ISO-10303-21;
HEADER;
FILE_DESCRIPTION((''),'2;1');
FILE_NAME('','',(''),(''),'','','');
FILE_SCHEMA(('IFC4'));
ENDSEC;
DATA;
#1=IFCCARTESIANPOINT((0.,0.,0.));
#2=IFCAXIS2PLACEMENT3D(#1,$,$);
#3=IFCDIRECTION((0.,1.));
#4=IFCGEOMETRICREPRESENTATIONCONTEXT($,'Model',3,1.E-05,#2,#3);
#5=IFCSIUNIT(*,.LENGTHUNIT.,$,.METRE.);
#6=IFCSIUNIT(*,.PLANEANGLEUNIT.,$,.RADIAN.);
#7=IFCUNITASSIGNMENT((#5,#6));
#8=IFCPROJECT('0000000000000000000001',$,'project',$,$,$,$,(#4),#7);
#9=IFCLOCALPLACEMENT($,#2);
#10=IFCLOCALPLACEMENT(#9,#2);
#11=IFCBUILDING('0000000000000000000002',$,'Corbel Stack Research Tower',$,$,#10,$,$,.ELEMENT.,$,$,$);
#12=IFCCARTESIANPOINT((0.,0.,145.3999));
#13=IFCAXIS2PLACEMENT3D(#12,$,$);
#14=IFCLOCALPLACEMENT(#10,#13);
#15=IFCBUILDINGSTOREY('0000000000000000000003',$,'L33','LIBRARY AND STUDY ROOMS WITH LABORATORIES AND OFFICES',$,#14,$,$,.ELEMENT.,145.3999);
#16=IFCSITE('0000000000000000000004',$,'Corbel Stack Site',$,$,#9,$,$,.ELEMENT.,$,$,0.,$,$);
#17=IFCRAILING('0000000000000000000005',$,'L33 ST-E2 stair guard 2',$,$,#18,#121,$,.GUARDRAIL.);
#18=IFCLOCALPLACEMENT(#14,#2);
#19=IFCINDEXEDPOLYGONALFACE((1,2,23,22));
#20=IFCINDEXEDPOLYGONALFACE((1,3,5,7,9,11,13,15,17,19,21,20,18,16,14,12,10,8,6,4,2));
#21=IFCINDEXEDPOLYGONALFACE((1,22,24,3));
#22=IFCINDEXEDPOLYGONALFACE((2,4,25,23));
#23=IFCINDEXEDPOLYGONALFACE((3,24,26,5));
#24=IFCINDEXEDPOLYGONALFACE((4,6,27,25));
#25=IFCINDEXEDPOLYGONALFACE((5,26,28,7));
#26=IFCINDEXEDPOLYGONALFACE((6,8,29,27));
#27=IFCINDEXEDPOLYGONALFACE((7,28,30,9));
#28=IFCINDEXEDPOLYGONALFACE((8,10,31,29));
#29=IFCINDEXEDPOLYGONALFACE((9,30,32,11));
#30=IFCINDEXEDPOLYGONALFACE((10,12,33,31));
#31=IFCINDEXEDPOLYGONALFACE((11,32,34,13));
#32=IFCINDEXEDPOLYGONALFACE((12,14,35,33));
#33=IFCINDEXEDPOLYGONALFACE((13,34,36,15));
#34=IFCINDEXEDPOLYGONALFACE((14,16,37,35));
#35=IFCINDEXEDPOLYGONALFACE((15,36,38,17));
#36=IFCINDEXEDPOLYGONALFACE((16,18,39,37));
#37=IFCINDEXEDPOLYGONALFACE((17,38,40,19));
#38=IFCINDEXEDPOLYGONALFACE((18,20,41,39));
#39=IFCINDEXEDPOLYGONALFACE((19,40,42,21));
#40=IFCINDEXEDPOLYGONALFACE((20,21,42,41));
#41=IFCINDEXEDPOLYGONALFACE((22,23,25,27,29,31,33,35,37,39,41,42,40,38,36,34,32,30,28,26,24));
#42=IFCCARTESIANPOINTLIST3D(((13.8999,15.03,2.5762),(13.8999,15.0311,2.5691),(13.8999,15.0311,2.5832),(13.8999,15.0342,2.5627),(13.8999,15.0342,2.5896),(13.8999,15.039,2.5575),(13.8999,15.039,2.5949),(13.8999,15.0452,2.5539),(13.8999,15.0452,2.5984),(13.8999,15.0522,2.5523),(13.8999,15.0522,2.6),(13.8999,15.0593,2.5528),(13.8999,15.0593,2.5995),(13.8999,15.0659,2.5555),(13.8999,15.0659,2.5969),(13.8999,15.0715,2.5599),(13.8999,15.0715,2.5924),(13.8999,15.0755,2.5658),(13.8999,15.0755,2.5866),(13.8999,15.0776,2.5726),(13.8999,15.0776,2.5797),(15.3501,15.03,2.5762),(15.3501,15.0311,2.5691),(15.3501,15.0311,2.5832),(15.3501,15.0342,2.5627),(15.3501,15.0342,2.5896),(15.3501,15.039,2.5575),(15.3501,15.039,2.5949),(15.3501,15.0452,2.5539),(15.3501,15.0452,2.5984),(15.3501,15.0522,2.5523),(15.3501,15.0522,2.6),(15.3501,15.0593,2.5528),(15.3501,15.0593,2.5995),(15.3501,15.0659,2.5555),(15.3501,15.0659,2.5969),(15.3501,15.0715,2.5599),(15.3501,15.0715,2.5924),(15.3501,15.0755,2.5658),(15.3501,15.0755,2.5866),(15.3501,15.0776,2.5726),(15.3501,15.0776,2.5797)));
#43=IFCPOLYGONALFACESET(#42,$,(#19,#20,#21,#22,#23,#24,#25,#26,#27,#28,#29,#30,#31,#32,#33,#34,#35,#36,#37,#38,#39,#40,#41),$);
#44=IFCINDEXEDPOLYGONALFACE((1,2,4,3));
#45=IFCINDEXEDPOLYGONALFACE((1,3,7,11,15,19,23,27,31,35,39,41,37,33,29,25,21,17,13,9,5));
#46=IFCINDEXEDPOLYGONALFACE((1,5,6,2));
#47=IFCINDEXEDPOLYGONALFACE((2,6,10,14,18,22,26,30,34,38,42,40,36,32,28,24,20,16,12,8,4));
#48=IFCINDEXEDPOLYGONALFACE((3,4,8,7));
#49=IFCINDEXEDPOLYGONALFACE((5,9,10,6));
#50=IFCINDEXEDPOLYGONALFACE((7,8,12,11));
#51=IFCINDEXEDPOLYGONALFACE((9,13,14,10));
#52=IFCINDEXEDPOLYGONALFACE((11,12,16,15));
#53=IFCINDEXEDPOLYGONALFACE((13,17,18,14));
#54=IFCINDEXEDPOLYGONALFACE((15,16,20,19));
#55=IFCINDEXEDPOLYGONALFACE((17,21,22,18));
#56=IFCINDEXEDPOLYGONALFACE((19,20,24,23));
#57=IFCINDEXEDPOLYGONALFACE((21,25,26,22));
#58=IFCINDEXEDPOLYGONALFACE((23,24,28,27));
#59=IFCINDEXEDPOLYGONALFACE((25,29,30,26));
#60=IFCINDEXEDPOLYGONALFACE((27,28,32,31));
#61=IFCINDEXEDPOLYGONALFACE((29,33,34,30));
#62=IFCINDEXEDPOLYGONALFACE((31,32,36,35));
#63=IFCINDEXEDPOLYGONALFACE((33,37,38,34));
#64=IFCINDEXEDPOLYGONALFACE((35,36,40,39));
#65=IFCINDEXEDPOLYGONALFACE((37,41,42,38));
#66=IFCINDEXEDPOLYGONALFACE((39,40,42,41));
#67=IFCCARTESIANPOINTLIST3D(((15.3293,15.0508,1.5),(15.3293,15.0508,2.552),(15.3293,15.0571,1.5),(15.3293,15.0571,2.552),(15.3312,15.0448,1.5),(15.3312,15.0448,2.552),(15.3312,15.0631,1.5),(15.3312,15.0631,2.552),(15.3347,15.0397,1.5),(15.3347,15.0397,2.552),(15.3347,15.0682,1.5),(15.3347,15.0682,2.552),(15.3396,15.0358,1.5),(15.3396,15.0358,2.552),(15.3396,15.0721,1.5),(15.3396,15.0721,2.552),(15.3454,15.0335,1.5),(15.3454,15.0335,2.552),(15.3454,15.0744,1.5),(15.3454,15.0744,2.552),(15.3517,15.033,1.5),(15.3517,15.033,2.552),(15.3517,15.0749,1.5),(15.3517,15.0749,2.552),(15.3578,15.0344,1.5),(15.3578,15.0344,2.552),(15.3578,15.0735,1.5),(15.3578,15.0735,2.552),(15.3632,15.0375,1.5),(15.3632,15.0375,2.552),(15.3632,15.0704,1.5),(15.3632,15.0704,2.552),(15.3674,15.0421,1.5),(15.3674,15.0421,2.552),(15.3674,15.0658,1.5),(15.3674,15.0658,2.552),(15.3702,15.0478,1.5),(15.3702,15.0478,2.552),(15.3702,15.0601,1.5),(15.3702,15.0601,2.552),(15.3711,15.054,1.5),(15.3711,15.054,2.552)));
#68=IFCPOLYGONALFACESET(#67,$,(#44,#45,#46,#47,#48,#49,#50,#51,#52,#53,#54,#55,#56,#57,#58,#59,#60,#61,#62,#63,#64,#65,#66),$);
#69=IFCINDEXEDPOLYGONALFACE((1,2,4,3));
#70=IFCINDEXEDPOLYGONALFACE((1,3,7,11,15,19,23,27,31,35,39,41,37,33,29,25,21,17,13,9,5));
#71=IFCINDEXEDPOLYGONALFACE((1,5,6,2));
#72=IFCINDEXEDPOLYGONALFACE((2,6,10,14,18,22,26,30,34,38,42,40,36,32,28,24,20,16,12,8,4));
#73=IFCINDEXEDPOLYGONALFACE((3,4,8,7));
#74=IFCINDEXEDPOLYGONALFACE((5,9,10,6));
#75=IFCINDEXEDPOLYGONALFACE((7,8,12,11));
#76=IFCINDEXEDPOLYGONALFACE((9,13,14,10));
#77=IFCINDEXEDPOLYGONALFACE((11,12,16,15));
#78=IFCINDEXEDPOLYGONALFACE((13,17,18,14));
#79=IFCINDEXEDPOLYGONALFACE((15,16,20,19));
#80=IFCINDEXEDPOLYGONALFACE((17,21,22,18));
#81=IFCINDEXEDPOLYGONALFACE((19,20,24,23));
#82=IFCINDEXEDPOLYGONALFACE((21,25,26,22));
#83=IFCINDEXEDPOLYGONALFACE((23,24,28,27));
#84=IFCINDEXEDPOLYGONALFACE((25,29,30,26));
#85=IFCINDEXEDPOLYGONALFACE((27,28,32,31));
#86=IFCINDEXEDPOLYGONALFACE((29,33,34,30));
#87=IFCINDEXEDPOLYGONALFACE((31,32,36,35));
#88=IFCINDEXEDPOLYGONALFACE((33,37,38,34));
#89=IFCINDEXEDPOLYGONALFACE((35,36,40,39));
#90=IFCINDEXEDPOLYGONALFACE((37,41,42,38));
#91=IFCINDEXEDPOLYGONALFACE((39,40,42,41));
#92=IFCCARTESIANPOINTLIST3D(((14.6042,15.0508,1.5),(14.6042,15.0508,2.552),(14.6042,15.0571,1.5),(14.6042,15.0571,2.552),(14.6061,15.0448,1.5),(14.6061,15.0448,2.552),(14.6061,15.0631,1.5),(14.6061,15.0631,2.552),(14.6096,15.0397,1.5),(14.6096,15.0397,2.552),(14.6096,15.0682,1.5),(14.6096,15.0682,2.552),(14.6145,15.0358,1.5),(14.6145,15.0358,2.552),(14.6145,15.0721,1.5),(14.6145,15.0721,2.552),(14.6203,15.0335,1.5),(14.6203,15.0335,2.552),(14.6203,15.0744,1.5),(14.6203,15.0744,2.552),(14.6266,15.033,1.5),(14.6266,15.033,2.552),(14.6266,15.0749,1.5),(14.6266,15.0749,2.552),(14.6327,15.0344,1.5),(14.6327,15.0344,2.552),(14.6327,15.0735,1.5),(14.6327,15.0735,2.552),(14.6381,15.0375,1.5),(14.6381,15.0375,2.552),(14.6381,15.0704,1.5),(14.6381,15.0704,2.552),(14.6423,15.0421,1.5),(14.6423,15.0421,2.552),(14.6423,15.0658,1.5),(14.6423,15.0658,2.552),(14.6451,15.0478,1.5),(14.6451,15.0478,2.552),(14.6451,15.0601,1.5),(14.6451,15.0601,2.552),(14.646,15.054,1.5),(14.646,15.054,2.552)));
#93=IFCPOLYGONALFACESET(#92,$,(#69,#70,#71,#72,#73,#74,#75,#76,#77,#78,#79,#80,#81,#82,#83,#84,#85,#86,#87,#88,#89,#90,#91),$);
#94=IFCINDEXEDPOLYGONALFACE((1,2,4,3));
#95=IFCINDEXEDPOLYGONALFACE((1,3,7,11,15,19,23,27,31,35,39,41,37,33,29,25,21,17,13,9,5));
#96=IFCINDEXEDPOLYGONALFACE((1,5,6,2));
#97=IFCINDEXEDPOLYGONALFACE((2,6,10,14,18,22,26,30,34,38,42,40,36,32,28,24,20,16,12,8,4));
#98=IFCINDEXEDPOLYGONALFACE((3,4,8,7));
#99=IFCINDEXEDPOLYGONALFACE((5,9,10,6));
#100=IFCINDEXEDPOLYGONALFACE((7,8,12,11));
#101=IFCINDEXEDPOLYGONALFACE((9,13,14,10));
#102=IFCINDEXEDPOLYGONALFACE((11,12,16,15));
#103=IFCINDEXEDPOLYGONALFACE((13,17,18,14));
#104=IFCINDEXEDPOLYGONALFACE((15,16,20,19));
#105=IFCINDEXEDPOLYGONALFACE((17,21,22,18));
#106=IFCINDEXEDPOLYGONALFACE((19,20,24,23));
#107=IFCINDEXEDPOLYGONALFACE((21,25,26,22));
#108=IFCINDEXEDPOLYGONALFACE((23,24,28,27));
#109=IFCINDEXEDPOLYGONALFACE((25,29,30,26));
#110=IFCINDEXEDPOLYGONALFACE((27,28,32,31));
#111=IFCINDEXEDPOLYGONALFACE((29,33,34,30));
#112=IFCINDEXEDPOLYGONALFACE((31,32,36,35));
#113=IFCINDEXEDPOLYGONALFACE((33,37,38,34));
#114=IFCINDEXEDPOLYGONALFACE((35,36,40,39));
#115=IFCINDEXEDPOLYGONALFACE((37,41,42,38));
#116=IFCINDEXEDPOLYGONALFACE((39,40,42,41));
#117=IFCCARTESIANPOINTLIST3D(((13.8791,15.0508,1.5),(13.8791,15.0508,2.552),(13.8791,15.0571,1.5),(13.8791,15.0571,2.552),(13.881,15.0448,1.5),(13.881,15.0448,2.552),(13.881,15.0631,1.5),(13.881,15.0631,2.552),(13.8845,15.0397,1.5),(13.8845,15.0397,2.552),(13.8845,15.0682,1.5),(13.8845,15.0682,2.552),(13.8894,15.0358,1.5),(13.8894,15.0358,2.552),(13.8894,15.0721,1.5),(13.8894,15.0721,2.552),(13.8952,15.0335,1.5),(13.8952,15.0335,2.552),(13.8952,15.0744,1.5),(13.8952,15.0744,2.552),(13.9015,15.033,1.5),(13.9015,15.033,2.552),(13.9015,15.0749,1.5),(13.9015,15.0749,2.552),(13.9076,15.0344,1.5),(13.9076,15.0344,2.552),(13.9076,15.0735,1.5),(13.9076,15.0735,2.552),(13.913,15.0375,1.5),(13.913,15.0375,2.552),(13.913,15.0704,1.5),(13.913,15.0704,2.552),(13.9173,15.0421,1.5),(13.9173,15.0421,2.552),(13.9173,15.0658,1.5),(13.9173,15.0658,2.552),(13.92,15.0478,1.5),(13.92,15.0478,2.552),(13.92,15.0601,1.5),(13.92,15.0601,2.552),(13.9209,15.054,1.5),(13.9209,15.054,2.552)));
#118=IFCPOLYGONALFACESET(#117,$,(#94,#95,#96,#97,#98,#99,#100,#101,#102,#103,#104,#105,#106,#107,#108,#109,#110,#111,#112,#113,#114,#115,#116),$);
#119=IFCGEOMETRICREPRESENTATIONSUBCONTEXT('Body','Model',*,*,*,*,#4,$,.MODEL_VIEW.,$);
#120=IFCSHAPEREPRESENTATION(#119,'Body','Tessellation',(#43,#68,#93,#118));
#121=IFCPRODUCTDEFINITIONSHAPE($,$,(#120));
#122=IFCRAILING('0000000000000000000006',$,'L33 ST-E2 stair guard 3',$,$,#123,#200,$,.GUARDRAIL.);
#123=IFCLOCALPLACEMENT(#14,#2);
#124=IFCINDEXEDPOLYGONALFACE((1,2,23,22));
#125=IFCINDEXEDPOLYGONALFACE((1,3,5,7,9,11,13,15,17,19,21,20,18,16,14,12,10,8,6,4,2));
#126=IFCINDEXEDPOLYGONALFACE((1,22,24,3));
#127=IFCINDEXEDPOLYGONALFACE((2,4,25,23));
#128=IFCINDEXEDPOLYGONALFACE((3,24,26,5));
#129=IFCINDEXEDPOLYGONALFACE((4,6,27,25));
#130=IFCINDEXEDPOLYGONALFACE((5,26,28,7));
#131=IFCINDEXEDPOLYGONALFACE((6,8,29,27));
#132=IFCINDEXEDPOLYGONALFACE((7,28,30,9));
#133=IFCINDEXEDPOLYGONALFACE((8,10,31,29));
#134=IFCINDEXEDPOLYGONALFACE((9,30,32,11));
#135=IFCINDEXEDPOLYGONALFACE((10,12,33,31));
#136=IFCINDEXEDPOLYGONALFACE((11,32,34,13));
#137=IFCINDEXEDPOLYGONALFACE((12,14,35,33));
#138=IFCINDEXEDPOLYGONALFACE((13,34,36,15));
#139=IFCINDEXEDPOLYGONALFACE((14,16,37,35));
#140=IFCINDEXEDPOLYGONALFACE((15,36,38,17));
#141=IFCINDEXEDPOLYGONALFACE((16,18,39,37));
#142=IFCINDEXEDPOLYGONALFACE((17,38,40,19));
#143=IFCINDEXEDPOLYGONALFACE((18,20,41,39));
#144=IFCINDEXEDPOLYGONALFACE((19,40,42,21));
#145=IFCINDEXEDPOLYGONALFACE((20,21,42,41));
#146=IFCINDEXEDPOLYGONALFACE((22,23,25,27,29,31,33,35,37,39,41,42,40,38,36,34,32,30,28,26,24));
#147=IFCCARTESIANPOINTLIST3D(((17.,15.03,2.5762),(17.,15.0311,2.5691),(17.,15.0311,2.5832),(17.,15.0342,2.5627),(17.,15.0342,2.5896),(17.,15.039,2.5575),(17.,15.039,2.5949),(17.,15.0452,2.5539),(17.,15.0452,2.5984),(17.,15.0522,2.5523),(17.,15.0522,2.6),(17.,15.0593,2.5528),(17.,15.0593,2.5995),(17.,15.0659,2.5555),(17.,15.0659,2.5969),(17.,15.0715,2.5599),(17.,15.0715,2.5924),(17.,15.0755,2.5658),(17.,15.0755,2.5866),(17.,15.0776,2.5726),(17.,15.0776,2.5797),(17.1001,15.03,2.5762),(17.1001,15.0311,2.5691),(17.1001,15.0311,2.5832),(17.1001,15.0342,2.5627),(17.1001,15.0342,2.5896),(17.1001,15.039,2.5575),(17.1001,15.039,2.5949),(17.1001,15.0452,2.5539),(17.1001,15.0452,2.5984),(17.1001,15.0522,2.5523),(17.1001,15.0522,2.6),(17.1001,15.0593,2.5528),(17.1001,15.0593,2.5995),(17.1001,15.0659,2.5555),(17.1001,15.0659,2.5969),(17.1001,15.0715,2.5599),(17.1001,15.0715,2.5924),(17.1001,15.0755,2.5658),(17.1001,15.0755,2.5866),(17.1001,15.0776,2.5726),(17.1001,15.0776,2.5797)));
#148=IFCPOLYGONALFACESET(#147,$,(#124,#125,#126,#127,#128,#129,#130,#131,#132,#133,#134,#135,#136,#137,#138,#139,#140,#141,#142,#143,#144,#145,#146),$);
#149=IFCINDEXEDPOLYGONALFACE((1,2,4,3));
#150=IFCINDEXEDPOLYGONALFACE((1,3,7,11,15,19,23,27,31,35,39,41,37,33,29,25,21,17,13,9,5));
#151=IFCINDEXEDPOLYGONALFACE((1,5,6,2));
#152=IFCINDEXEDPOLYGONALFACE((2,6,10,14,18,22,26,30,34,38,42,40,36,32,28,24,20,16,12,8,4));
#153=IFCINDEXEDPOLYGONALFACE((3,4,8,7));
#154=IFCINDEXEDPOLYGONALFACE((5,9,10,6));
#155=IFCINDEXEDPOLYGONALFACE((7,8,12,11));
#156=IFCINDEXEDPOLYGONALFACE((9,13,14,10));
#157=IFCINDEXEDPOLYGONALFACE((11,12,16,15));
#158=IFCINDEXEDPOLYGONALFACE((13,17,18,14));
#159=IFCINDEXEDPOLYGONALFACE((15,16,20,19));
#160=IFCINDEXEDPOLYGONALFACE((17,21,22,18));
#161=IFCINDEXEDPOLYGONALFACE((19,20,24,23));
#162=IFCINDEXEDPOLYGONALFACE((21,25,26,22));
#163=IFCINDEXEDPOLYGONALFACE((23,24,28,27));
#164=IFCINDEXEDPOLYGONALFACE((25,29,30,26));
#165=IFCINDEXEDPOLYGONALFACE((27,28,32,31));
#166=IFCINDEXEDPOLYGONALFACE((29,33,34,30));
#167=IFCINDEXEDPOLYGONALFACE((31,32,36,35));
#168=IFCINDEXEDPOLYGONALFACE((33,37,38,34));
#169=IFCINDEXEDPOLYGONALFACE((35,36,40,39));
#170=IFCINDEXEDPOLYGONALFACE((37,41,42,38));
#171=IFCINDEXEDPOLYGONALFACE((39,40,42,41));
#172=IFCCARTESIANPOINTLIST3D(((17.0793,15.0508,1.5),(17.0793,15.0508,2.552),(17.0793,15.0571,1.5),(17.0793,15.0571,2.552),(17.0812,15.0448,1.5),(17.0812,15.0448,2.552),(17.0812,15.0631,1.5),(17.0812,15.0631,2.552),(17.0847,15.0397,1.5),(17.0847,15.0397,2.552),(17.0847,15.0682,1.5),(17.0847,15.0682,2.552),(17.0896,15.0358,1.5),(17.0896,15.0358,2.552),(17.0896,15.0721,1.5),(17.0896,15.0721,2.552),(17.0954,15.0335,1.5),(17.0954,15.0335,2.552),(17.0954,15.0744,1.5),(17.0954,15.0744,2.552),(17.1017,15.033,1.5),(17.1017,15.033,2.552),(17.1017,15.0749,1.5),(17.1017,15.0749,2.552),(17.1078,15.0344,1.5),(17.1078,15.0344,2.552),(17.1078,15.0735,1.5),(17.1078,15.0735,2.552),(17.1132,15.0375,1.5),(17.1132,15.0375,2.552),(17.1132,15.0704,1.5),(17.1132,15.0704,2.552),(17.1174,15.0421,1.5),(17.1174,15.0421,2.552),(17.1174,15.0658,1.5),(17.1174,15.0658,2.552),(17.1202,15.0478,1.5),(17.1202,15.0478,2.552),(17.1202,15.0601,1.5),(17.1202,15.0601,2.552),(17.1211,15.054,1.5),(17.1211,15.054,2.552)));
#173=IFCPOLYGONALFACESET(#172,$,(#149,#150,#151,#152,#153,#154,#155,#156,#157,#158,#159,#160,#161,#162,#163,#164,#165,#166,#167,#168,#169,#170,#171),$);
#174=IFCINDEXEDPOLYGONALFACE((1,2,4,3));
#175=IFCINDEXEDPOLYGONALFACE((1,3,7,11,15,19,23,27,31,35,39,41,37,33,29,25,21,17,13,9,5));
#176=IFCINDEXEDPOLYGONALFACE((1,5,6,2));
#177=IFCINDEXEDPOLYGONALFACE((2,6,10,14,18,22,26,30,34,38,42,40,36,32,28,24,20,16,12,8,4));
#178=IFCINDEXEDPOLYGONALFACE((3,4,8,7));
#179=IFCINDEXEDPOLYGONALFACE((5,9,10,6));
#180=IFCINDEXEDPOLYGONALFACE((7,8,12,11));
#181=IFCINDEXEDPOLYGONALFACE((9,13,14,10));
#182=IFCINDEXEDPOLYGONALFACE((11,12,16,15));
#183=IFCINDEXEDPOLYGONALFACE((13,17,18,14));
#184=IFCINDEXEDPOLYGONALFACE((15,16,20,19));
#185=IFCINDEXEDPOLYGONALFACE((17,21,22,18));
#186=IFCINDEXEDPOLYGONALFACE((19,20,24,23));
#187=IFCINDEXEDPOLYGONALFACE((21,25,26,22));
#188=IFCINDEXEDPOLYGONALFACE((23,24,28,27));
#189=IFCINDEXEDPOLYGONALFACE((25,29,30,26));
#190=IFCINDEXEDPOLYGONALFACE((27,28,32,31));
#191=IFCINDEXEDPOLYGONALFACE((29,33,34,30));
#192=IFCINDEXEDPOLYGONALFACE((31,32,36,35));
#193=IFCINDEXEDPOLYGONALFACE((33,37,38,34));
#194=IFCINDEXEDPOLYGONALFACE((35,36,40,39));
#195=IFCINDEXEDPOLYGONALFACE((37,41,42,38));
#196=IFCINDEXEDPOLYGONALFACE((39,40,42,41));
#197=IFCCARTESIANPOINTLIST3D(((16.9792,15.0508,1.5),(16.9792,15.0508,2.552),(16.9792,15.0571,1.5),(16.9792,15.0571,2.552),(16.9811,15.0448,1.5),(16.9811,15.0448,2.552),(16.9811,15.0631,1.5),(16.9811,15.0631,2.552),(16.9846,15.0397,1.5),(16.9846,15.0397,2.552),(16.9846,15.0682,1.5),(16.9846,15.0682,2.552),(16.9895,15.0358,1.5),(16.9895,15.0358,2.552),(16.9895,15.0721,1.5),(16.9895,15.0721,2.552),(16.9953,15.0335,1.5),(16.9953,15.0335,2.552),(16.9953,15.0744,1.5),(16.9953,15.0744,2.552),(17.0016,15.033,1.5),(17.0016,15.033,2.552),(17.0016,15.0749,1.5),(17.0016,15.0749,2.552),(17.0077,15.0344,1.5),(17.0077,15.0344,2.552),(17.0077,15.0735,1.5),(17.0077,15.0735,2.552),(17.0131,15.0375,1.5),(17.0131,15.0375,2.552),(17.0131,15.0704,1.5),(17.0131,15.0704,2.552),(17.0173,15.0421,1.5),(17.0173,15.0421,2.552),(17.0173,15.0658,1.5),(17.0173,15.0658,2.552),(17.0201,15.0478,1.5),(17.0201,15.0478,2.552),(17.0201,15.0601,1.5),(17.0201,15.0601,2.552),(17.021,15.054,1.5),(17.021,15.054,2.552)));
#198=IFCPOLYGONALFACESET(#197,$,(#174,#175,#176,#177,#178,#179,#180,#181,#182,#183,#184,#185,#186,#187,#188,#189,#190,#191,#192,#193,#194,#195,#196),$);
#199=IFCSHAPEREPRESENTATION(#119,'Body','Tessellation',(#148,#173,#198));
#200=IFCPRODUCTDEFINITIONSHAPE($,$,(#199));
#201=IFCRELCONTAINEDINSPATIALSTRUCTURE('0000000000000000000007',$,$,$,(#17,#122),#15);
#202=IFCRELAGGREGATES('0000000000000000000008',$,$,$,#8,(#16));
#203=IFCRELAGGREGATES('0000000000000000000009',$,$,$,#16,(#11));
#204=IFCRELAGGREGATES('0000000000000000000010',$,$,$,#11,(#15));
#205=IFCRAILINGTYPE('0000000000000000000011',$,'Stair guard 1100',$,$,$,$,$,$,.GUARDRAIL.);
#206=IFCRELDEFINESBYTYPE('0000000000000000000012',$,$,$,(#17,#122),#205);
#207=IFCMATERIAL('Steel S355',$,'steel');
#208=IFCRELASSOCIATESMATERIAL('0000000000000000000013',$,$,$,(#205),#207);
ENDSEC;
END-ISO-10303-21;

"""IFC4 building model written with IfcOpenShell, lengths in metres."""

from ifc_helpers import new_model, si_unit, direction, frame, origin, origin_2d, place, context, subcontext, project, spatial, circle, extrude, material, type_object, element, save


model = new_model("IFC4")

# Units and contexts
model_context = context("Model", 3, precision=1e-05, world=origin(), true_north=direction((0.0, 1.0)))
body_context = subcontext(model_context, "Body", "Model", "MODEL_VIEW")
ifc_project = project(units=[si_unit("LENGTHUNIT", "METRE"), si_unit("PLANEANGLEUNIT", "RADIAN")], contexts=[model_context])

# Site, building, storey
site_placement = place(None, origin())
site = spatial("IfcSite", under=ifc_project, at=site_placement, Name="Corbel Stack Site", CompositionType="ELEMENT", RefElevation=0.0)
building_placement = place(site_placement, origin())
building = spatial("IfcBuilding", under=site, at=building_placement, Name="Corbel Stack Research Tower", CompositionType="ELEMENT")
storey_placement = place(building_placement, frame((0.0, 0.0, 145.3999)))
storey = spatial("IfcBuildingStorey", under=building, at=storey_placement, Name="L33", Description="LIBRARY AND STUDY ROOMS WITH LABORATORIES AND OFFICES", CompositionType="ELEMENT", Elevation=145.3999)

# Railings
ifc_material_1 = material(Name="Steel S355", Category="steel")
railing_type_1 = type_object("IfcRailingType", Name="Stair guard 1100", PredefinedType="GUARDRAIL", material=ifc_material_1)
railing_1_placement = place(storey_placement, frame((15.3501, 15.054, 1.5)))
element("IfcRailing", 1, at=railing_1_placement, inside=storey, type_object=railing_type_1, Name="L33 ST-E2 stair guard 2", PredefinedType="GUARDRAIL", context=body_context, shape_type="SweptSolid", body=[
    extrude(circle(Radius=0.0239, at=origin_2d()), frame((0.0, 0.0, 1.0762), z_axis=(-1.0, 0.0, 0.0), x_axis=(0.0, -1.0, 0.0)), (0.0, 0.0, 1.0), 1.4502),
    extrude(circle(Radius=0.021, at=origin_2d()), origin(), (0.0, 0.0, 1.0), 1.052),
    extrude(circle(Radius=0.021, at=origin_2d()), frame((-0.7251, 0.0, 0.0)), (0.0, 0.0, 1.0), 1.052),
    extrude(circle(Radius=0.021, at=origin_2d()), frame((-1.4502, 0.0, 0.0)), (0.0, 0.0, 1.0), 1.052),
])
railing_2_placement = place(storey_placement, frame((17.1001, 15.054, 1.5)))
element("IfcRailing", 2, at=railing_2_placement, inside=storey, type_object=railing_type_1, Name="L33 ST-E2 stair guard 3", PredefinedType="GUARDRAIL", context=body_context, shape_type="SweptSolid", body=[
    extrude(circle(Radius=0.0239, at=origin_2d()), frame((0.0, 0.0, 1.0762), z_axis=(-1.0, 0.0, 0.0), x_axis=(0.0, -1.0, 0.0)), (0.0, 0.0, 1.0), 0.1001),
    extrude(circle(Radius=0.021, at=origin_2d()), origin(), (0.0, 0.0, 1.0), 1.052),
    extrude(circle(Radius=0.021, at=origin_2d()), frame((-0.1001, 0.0, 0.0)), (0.0, 0.0, 1.0), 1.052),
])

save(model, "model.ifc")
